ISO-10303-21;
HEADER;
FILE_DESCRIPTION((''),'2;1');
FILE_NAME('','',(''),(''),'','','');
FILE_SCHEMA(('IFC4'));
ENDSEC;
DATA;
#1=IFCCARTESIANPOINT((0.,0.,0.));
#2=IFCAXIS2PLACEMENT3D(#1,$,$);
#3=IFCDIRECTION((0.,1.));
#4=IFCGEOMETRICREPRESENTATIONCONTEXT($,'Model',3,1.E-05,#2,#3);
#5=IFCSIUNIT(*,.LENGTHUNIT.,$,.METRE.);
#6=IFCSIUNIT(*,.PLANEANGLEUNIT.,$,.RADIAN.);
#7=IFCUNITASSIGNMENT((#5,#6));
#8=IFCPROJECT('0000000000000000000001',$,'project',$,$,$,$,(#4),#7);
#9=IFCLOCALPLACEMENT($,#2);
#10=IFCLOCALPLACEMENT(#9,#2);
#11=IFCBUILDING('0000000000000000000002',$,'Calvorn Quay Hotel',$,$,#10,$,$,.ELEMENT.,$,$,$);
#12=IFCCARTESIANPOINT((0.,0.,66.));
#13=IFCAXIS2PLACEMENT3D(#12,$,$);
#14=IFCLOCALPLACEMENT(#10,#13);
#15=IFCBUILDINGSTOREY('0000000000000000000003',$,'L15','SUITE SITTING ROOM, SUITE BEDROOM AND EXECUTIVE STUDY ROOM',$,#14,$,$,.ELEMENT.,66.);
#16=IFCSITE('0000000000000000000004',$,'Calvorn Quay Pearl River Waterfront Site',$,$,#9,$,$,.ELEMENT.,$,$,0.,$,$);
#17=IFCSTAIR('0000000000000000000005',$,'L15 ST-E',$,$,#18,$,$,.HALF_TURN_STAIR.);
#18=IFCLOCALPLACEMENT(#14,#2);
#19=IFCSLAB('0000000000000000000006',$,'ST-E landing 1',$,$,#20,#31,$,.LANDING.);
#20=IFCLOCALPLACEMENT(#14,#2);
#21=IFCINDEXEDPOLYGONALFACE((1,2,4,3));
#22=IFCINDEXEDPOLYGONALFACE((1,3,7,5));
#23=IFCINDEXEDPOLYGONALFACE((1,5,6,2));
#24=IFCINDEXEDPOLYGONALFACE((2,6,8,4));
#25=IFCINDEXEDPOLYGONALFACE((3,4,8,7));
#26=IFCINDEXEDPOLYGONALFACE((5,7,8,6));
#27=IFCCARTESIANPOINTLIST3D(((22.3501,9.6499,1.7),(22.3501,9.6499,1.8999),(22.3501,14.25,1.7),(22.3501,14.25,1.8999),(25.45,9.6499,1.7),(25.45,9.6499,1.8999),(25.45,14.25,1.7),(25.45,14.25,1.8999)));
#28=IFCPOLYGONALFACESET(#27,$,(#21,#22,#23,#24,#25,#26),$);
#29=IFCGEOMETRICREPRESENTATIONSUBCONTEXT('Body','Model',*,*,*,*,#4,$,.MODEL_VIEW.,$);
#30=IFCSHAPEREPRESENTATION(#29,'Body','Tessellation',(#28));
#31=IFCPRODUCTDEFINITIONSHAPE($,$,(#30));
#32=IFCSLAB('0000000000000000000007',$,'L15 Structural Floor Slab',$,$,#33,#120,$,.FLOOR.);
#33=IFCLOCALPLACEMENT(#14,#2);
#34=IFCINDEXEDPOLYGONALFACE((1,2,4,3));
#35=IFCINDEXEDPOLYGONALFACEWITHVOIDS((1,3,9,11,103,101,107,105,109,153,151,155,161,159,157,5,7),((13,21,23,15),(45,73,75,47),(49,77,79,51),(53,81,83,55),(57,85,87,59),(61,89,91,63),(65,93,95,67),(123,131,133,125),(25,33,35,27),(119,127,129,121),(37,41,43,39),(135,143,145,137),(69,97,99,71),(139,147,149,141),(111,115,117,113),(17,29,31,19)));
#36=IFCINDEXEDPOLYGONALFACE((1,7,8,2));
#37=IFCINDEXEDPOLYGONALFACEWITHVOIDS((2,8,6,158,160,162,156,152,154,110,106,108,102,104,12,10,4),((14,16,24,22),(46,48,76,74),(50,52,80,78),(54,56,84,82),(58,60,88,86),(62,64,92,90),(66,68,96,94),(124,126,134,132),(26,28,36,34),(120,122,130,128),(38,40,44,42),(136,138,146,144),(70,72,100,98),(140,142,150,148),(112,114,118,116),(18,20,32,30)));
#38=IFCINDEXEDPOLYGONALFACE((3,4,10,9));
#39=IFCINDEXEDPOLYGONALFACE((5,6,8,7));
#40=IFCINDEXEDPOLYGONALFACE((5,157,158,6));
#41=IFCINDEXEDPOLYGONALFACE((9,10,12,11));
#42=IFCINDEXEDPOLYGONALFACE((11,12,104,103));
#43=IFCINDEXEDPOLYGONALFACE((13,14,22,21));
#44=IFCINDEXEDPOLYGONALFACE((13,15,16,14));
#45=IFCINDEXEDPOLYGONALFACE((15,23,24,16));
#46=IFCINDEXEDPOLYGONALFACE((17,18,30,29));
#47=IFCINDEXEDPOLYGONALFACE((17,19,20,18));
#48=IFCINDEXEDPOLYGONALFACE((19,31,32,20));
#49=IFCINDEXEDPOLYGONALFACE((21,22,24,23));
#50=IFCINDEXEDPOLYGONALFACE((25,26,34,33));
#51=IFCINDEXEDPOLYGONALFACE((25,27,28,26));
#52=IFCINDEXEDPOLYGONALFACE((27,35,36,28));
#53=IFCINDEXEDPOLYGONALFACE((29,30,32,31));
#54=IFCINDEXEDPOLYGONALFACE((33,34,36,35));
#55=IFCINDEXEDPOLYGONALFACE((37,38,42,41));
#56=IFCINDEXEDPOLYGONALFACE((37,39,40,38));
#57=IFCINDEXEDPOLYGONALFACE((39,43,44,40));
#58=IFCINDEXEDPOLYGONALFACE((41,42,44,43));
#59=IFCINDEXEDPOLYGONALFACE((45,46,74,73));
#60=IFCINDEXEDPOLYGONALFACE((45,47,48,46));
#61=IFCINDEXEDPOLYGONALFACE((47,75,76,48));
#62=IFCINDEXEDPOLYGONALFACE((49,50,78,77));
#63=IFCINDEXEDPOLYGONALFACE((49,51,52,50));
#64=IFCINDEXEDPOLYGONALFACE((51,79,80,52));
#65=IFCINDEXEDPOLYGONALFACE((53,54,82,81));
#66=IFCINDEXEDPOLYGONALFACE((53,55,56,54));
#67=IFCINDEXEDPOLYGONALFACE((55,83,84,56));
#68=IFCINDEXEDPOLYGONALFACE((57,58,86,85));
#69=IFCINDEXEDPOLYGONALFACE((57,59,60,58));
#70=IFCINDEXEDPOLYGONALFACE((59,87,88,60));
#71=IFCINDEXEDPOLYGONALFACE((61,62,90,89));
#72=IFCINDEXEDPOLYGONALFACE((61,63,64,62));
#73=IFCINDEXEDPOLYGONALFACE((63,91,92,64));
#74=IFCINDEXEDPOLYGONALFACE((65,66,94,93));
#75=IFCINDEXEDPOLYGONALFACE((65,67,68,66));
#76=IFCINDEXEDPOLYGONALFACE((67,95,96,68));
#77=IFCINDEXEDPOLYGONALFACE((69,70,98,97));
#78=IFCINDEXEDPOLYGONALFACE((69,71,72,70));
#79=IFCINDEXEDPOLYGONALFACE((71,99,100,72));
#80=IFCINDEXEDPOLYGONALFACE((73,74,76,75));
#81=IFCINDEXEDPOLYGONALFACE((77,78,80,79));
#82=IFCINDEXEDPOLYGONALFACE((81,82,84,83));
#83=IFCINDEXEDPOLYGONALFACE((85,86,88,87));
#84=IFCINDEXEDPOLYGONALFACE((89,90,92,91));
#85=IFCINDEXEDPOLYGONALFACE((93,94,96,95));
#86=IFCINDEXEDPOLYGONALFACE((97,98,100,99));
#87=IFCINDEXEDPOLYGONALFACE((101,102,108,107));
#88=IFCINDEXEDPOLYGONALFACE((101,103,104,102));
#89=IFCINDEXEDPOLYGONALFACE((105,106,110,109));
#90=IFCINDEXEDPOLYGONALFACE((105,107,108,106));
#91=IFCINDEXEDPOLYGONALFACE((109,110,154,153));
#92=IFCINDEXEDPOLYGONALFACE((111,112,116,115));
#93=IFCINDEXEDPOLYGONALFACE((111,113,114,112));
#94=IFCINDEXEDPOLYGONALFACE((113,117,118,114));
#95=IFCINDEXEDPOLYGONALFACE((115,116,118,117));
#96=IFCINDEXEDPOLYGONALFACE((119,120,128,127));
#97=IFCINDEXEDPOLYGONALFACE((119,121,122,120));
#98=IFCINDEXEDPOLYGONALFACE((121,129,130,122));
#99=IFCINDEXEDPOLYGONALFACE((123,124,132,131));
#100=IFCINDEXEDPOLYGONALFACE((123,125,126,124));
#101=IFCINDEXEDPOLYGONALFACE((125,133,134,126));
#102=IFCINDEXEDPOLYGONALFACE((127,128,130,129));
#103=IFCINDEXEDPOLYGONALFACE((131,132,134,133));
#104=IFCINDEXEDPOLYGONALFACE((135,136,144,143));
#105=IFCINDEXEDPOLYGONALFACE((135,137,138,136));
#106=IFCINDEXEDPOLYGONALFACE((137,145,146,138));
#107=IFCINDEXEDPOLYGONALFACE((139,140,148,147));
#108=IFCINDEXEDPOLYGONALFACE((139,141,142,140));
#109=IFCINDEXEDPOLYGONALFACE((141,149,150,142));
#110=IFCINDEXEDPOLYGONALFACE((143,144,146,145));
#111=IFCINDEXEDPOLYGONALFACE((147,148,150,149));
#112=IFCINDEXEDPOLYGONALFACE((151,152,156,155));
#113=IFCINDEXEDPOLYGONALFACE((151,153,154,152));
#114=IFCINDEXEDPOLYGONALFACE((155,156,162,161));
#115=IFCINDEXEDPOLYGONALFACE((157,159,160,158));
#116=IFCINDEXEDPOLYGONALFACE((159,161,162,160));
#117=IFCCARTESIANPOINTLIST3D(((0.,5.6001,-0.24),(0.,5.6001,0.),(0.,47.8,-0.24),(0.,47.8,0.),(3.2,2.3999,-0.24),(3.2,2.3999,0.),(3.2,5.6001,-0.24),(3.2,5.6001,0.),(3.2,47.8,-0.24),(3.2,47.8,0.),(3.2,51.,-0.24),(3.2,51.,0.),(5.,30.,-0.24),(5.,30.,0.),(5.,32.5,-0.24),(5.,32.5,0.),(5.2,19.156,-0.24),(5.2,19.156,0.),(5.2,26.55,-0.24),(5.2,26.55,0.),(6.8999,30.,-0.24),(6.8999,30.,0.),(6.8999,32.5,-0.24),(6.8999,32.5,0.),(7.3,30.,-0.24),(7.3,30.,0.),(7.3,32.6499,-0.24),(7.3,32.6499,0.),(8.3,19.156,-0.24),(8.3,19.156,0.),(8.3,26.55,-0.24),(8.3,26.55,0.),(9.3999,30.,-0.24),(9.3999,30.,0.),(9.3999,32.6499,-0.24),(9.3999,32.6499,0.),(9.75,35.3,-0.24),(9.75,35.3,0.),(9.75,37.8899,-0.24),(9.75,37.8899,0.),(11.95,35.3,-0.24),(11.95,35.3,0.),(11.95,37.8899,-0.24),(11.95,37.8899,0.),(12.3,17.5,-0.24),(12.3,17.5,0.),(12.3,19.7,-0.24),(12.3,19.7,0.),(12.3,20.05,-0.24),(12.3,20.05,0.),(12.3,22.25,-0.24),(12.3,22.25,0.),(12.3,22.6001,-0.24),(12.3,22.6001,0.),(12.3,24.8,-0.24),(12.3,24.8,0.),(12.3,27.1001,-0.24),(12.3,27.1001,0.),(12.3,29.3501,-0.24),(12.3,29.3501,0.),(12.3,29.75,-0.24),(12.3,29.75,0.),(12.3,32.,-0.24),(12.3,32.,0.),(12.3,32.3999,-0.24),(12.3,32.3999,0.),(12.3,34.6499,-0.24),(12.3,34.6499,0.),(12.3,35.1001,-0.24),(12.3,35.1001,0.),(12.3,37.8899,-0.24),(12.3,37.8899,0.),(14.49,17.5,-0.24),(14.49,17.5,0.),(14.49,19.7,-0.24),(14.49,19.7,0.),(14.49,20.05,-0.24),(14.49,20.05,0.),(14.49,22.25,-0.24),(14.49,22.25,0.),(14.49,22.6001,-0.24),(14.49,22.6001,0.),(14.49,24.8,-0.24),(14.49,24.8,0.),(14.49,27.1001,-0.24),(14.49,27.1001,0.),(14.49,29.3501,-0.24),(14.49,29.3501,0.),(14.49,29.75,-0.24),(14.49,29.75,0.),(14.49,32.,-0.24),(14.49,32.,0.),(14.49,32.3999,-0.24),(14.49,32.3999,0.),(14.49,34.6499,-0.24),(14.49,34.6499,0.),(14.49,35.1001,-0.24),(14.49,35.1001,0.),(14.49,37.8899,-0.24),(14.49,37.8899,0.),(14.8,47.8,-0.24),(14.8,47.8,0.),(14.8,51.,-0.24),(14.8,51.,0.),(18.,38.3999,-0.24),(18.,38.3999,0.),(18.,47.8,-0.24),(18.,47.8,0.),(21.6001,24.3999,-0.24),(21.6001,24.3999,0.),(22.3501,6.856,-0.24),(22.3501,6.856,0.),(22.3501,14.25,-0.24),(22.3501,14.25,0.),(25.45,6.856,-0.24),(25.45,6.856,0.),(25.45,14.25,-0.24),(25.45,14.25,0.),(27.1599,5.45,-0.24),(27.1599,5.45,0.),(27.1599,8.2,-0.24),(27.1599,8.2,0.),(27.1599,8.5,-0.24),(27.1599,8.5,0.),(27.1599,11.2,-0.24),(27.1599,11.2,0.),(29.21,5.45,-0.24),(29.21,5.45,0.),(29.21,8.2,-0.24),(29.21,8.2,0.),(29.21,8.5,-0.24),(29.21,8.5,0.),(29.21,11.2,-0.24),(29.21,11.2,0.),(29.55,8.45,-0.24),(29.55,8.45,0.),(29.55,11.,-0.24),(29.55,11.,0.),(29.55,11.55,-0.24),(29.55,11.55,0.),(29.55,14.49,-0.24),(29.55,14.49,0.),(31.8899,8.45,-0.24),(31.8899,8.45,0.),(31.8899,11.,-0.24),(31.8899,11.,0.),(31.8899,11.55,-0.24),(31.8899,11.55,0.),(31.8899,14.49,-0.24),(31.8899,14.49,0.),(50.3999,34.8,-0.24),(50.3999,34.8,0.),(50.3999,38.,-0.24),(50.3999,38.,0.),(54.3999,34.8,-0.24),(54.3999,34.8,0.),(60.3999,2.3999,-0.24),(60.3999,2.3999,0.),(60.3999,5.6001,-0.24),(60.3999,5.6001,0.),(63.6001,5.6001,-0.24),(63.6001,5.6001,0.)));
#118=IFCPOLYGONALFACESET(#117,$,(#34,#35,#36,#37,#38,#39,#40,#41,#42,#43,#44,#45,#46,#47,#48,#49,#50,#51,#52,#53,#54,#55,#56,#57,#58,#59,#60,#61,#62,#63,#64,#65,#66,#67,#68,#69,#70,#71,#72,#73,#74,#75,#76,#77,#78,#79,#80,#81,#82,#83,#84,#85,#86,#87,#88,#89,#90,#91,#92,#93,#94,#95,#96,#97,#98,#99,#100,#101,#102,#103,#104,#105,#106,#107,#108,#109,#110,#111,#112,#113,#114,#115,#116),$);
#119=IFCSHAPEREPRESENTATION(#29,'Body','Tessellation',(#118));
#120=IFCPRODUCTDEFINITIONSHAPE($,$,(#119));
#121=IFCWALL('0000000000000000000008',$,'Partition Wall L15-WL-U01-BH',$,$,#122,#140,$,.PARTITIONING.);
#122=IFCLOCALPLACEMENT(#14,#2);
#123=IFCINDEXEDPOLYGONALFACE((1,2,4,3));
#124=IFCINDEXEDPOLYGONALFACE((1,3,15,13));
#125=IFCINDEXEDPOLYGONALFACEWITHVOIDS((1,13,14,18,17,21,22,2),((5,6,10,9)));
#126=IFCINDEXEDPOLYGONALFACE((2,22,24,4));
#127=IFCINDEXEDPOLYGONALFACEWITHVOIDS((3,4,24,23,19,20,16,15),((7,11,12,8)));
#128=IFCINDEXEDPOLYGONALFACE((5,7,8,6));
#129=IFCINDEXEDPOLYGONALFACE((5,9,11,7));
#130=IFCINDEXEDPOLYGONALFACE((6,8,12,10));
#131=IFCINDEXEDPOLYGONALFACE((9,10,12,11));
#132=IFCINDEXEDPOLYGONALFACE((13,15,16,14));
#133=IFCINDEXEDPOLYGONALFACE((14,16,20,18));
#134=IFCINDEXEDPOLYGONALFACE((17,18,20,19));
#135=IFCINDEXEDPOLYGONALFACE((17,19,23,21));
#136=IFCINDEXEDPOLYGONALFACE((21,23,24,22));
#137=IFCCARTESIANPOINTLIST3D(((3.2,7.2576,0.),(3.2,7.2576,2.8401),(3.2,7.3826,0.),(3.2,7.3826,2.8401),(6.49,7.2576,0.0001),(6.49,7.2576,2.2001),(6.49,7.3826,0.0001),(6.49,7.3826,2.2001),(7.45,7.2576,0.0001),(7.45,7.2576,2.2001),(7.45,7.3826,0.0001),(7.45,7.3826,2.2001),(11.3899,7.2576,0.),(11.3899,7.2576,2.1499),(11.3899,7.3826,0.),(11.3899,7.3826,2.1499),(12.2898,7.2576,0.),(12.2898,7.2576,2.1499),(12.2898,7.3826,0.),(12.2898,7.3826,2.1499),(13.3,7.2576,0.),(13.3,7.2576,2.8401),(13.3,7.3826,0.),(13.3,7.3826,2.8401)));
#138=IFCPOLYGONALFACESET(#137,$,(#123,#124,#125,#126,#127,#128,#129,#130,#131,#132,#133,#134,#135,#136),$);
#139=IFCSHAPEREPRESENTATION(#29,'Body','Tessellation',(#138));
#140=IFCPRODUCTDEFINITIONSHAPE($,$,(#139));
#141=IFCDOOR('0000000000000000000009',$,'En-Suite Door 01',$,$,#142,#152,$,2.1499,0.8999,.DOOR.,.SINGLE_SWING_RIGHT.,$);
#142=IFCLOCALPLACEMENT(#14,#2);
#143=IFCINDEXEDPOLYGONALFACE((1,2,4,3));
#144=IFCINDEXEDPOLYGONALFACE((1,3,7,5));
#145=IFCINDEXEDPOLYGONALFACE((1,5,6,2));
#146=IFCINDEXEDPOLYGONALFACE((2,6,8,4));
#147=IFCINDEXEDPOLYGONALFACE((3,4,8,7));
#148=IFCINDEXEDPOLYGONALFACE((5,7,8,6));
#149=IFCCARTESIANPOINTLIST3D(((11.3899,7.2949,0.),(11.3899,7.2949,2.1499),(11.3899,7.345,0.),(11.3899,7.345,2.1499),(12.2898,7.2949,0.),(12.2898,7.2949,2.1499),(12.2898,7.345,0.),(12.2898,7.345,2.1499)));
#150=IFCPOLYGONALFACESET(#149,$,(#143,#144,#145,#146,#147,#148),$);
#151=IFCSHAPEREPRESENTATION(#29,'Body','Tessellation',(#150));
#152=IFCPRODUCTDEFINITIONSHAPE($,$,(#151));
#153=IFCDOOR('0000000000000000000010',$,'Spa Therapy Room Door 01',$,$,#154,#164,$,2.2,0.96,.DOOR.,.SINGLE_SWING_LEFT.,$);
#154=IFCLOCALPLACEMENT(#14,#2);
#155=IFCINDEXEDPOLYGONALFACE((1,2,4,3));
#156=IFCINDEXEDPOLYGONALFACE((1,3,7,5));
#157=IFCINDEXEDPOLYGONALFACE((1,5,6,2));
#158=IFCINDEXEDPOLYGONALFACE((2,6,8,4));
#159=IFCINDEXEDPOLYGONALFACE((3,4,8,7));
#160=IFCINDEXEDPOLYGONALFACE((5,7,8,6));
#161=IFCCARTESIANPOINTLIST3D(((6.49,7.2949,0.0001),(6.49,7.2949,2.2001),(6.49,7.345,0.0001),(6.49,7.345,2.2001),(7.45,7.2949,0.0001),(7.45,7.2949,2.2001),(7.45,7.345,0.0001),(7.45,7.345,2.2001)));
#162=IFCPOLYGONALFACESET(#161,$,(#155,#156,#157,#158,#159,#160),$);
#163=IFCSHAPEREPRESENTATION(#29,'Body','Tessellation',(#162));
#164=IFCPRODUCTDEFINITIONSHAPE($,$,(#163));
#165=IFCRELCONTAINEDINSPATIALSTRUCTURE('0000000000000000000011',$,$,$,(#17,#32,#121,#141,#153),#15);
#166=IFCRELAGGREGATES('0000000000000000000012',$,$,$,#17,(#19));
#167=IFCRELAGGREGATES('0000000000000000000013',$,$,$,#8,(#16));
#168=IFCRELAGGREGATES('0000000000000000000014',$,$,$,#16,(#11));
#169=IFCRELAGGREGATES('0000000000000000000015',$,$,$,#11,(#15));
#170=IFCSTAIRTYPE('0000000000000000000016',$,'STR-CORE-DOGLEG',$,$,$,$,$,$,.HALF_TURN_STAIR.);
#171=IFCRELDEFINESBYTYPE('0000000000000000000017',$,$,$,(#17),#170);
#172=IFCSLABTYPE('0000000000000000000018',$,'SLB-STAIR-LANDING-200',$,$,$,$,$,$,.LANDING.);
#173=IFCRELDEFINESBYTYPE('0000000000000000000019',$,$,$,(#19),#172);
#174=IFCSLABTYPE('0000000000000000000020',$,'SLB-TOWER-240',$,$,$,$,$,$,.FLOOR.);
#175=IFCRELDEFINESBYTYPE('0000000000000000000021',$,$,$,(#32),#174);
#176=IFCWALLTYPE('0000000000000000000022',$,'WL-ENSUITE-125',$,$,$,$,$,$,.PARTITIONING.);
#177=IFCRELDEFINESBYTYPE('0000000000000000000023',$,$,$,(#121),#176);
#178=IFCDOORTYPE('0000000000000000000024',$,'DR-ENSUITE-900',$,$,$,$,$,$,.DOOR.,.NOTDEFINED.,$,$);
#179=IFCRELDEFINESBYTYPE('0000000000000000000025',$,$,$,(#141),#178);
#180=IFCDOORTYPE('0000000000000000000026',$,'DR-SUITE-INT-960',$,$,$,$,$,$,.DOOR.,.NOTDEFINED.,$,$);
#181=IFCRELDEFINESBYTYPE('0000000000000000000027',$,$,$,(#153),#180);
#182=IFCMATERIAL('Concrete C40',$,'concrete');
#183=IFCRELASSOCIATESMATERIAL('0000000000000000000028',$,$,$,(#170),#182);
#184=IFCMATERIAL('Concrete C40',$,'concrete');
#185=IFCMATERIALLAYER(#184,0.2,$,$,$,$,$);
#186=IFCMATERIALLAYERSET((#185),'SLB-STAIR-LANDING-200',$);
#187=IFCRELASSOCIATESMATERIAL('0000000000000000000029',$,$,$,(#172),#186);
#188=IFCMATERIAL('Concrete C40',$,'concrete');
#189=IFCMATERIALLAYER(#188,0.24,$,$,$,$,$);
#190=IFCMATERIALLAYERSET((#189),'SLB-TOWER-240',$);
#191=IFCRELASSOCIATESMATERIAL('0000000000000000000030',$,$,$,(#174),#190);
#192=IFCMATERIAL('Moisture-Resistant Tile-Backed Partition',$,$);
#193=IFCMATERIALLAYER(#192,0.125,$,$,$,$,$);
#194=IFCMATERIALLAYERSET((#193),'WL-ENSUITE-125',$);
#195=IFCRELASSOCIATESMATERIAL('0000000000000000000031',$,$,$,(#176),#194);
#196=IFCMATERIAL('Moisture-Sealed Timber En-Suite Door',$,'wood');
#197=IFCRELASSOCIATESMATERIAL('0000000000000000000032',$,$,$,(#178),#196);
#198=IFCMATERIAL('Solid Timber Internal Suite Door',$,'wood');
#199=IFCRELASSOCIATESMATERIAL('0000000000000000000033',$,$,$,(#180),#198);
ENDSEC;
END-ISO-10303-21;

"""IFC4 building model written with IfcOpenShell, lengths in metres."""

from ifc_helpers import new_model, si_unit, direction, frame, frame_2d, origin, place, context, subcontext, project, spatial, polyline, rectangle, outline, extrude, material, layer, layer_set, type_object, element, fill, aggregate, save


model = new_model("IFC4")

# Units and contexts
model_context = context("Model", 3, precision=1e-05, world=origin(), true_north=direction((0.0, 1.0)))
body_context = subcontext(model_context, "Body", "Model", "MODEL_VIEW")
ifc_project = project(units=[si_unit("LENGTHUNIT", "METRE"), si_unit("PLANEANGLEUNIT", "RADIAN")], contexts=[model_context])

# Site, building, storey
site_placement = place(None, origin())
site = spatial("IfcSite", under=ifc_project, at=site_placement, Name="Calvorn Quay Pearl River Waterfront Site", CompositionType="ELEMENT", RefElevation=0.0)
building_placement = place(site_placement, origin())
building = spatial("IfcBuilding", under=site, at=building_placement, Name="Calvorn Quay Hotel", CompositionType="ELEMENT")
storey_placement = place(building_placement, frame((0.0, 0.0, 66.0)))
storey = spatial("IfcBuildingStorey", under=building, at=storey_placement, Name="L15", Description="SUITE SITTING ROOM, SUITE BEDROOM AND EXECUTIVE STUDY ROOM", CompositionType="ELEMENT", Elevation=66.0)

# Stair, slab
ifc_material_1 = material(Name="Concrete C40", Category="concrete")
stair_type = type_object("IfcStairType", Name="STR-CORE-DOGLEG", PredefinedType="HALF_TURN_STAIR", material=ifc_material_1)
ifc_material_2 = material(Name="Concrete C40", Category="concrete")
ifc_layer_1 = layer(ifc_material_2, 0.2)
ifc_layer_set_1 = layer_set([ifc_layer_1], Name="SLB-STAIR-LANDING-200")
slab_type_1 = type_object("IfcSlabType", Name="SLB-STAIR-LANDING-200", PredefinedType="LANDING", material=ifc_layer_set_1)
stair_1_placement = place(storey_placement, origin())
stair_1 = element("IfcStair", 1, at=stair_1_placement, inside=storey, type_object=stair_type, Name="L15 ST-E", PredefinedType="HALF_TURN_STAIR")
slab_1_placement = place(storey_placement, frame((0.0, 0.0, 1.7)))
slab_1 = element("IfcSlab", 2, at=slab_1_placement, type_object=slab_type_1, Name="ST-E landing 1", PredefinedType="LANDING", context=body_context, shape_type="SweptSolid", body=[
    extrude(outline(polyline([(25.45, 9.6499), (25.45, 14.25), (22.3501, 14.25), (22.3501, 9.6499), (25.45, 9.6499)])), origin(), (0.0, 0.0, 1.0), 0.2),
])
aggregate(stair_1, [slab_1])

# Slab
ifc_material_3 = material(Name="Concrete C40", Category="concrete")
ifc_layer_2 = layer(ifc_material_3, 0.24)
ifc_layer_set_2 = layer_set([ifc_layer_2], Name="SLB-TOWER-240")
slab_type_2 = type_object("IfcSlabType", Name="SLB-TOWER-240", PredefinedType="FLOOR", material=ifc_layer_set_2)
slab_2_placement = place(storey_placement, frame((0.0, 0.0, -0.24)))
element("IfcSlab", 3, at=slab_2_placement, inside=storey, type_object=slab_type_2, Name="L15 Structural Floor Slab", PredefinedType="FLOOR", context=body_context, shape_type="SweptSolid", body=[
    extrude(outline(polyline([(0.0, 5.6001), (3.2, 5.6001), (3.2, 2.3999), (60.3999, 2.3999), (60.3999, 5.6001), (63.6001, 5.6001), (54.3999, 34.8), (50.3999, 34.8), (50.3999, 38.0), (21.6001, 24.3999), (18.0, 38.3999), (18.0, 47.8), (14.8, 47.8), (14.8, 51.0), (3.2, 51.0), (3.2, 47.8), (0.0, 47.8), (0.0, 5.6001)]), holes=[polyline([(5.2, 19.156), (8.3, 19.156), (8.3, 26.55), (5.2, 26.55), (5.2, 19.156)]), polyline([(22.3501, 6.856), (25.45, 6.856), (25.45, 14.25), (22.3501, 14.25), (22.3501, 6.856)]), polyline([(5.0, 30.0), (6.8999, 30.0), (6.8999, 32.5), (5.0, 32.5), (5.0, 30.0)]), polyline([(7.3, 30.0), (9.3999, 30.0), (9.3999, 32.6499), (7.3, 32.6499), (7.3, 30.0)]), polyline([(27.1599, 8.5), (29.21, 8.5), (29.21, 11.2), (27.1599, 11.2), (27.1599, 8.5)]), polyline([(27.1599, 5.45), (29.21, 5.45), (29.21, 8.2), (27.1599, 8.2), (27.1599, 5.45)]), polyline([(12.3, 17.5), (14.49, 17.5), (14.49, 19.7), (12.3, 19.7), (12.3, 17.5)]), polyline([(12.3, 20.05), (14.49, 20.05), (14.49, 22.25), (12.3, 22.25), (12.3, 20.05)]), polyline([(12.3, 22.6001), (14.49, 22.6001), (14.49, 24.8), (12.3, 24.8), (12.3, 22.6001)]), polyline([(12.3, 27.1001), (14.49, 27.1001), (14.49, 29.3501), (12.3, 29.3501), (12.3, 27.1001)]), polyline([(12.3, 29.75), (14.49, 29.75), (14.49, 32.0), (12.3, 32.0), (12.3, 29.75)]), polyline([(12.3, 32.3999), (14.49, 32.3999), (14.49, 34.6499), (12.3, 34.6499), (12.3, 32.3999)]), polyline([(12.3, 35.1001), (14.49, 35.1001), (14.49, 37.8899), (12.3, 37.8899), (12.3, 35.1001)]), polyline([(9.75, 35.3), (11.95, 35.3), (11.95, 37.8899), (9.75, 37.8899), (9.75, 35.3)]), polyline([(29.55, 11.55), (31.8899, 11.55), (31.8899, 14.49), (29.55, 14.49), (29.55, 11.55)]), polyline([(29.55, 8.45), (31.8899, 8.45), (31.8899, 11.0), (29.55, 11.0), (29.55, 8.45)])]), origin(), (0.0, 0.0, 1.0), 0.24),
])

# Wall, openings, doors
ifc_material_4 = material(Name="Moisture-Resistant Tile-Backed Partition")
ifc_layer_3 = layer(ifc_material_4, 0.125)
ifc_layer_set_3 = layer_set([ifc_layer_3], Name="WL-ENSUITE-125")
wall_type_1 = type_object("IfcWallType", Name="WL-ENSUITE-125", PredefinedType="PARTITIONING", material=ifc_layer_set_3)
wall_1_placement = place(storey_placement, frame((3.2, 7.3201, 0.0), z_axis=(0.0, 0.0, 1.0), x_axis=(1.0, 0.0, 0.0)))
wall_1 = element("IfcWall", 4, at=wall_1_placement, inside=storey, type_object=wall_type_1, Name="Partition Wall L15-WL-U01-BH", PredefinedType="PARTITIONING", context=body_context, shape_type="SweptSolid", body=[
    extrude(rectangle(XDim=10.1001, YDim=0.125, at=frame_2d((5.05, 0.0))), origin(), (0.0, 0.0, 1.0), 2.8401),
])
opening_1_placement = place(wall_1_placement, frame((3.29, 0.0, 0.0)))
opening_1 = element("IfcOpeningElement", 5, at=opening_1_placement, cuts=wall_1, PredefinedType="OPENING", context=body_context, shape_type="SweptSolid", body=[
    extrude(rectangle(XDim=0.96, YDim=2.2, at=frame_2d((0.48, 1.1001))), frame((0.0, 0.0725, 0.0), z_axis=(0.0, -1.0, 0.0), x_axis=(1.0, 0.0, 0.0)), (0.0, 0.0, 1.0), 0.145),
])
opening_2_placement = place(wall_1_placement, frame((8.1899, 0.0, 0.0)))
opening_2 = element("IfcOpeningElement", 6, at=opening_2_placement, cuts=wall_1, PredefinedType="OPENING", context=body_context, shape_type="SweptSolid", body=[
    extrude(rectangle(XDim=0.8999, YDim=2.1499, at=frame_2d((0.45, 1.075))), frame((0.0, 0.0725, 0.0), z_axis=(0.0, -1.0, 0.0), x_axis=(1.0, 0.0, 0.0)), (0.0, 0.0, 1.0), 0.145),
])
ifc_material_5 = material(Name="Moisture-Sealed Timber En-Suite Door", Category="wood")
door_type_1 = type_object("IfcDoorType", Name="DR-ENSUITE-900", OperationType="NOTDEFINED", PredefinedType="DOOR", material=ifc_material_5)
door_1_placement = place(opening_2_placement, origin())
door_1 = element("IfcDoor", 7, at=door_1_placement, inside=storey, type_object=door_type_1, Name="En-Suite Door 01", OperationType="SINGLE_SWING_RIGHT", OverallHeight=2.1499, OverallWidth=0.8999, PredefinedType="DOOR", context=body_context, shape_type="SweptSolid", body=[
    extrude(rectangle(XDim=0.8999, YDim=2.1499, at=frame_2d((0.45, 1.075))), frame((0.0, 0.0249, 0.0), z_axis=(0.0, -1.0, 0.0), x_axis=(1.0, 0.0, 0.0)), (0.0, 0.0, 1.0), 0.05),
])
fill(opening_2, door_1)
ifc_material_6 = material(Name="Solid Timber Internal Suite Door", Category="wood")
door_type_2 = type_object("IfcDoorType", Name="DR-SUITE-INT-960", OperationType="NOTDEFINED", PredefinedType="DOOR", material=ifc_material_6)
door_2_placement = place(opening_1_placement, origin())
door_2 = element("IfcDoor", 8, at=door_2_placement, inside=storey, type_object=door_type_2, Name="Spa Therapy Room Door 01", OperationType="SINGLE_SWING_LEFT", OverallHeight=2.2, OverallWidth=0.96, PredefinedType="DOOR", context=body_context, shape_type="SweptSolid", body=[
    extrude(rectangle(XDim=0.96, YDim=2.2, at=frame_2d((0.48, 1.1001))), frame((0.0, 0.0249, 0.0), z_axis=(0.0, -1.0, 0.0), x_axis=(1.0, 0.0, 0.0)), (0.0, 0.0, 1.0), 0.05),
])
fill(opening_1, door_2)

save(model, "model.ifc")
